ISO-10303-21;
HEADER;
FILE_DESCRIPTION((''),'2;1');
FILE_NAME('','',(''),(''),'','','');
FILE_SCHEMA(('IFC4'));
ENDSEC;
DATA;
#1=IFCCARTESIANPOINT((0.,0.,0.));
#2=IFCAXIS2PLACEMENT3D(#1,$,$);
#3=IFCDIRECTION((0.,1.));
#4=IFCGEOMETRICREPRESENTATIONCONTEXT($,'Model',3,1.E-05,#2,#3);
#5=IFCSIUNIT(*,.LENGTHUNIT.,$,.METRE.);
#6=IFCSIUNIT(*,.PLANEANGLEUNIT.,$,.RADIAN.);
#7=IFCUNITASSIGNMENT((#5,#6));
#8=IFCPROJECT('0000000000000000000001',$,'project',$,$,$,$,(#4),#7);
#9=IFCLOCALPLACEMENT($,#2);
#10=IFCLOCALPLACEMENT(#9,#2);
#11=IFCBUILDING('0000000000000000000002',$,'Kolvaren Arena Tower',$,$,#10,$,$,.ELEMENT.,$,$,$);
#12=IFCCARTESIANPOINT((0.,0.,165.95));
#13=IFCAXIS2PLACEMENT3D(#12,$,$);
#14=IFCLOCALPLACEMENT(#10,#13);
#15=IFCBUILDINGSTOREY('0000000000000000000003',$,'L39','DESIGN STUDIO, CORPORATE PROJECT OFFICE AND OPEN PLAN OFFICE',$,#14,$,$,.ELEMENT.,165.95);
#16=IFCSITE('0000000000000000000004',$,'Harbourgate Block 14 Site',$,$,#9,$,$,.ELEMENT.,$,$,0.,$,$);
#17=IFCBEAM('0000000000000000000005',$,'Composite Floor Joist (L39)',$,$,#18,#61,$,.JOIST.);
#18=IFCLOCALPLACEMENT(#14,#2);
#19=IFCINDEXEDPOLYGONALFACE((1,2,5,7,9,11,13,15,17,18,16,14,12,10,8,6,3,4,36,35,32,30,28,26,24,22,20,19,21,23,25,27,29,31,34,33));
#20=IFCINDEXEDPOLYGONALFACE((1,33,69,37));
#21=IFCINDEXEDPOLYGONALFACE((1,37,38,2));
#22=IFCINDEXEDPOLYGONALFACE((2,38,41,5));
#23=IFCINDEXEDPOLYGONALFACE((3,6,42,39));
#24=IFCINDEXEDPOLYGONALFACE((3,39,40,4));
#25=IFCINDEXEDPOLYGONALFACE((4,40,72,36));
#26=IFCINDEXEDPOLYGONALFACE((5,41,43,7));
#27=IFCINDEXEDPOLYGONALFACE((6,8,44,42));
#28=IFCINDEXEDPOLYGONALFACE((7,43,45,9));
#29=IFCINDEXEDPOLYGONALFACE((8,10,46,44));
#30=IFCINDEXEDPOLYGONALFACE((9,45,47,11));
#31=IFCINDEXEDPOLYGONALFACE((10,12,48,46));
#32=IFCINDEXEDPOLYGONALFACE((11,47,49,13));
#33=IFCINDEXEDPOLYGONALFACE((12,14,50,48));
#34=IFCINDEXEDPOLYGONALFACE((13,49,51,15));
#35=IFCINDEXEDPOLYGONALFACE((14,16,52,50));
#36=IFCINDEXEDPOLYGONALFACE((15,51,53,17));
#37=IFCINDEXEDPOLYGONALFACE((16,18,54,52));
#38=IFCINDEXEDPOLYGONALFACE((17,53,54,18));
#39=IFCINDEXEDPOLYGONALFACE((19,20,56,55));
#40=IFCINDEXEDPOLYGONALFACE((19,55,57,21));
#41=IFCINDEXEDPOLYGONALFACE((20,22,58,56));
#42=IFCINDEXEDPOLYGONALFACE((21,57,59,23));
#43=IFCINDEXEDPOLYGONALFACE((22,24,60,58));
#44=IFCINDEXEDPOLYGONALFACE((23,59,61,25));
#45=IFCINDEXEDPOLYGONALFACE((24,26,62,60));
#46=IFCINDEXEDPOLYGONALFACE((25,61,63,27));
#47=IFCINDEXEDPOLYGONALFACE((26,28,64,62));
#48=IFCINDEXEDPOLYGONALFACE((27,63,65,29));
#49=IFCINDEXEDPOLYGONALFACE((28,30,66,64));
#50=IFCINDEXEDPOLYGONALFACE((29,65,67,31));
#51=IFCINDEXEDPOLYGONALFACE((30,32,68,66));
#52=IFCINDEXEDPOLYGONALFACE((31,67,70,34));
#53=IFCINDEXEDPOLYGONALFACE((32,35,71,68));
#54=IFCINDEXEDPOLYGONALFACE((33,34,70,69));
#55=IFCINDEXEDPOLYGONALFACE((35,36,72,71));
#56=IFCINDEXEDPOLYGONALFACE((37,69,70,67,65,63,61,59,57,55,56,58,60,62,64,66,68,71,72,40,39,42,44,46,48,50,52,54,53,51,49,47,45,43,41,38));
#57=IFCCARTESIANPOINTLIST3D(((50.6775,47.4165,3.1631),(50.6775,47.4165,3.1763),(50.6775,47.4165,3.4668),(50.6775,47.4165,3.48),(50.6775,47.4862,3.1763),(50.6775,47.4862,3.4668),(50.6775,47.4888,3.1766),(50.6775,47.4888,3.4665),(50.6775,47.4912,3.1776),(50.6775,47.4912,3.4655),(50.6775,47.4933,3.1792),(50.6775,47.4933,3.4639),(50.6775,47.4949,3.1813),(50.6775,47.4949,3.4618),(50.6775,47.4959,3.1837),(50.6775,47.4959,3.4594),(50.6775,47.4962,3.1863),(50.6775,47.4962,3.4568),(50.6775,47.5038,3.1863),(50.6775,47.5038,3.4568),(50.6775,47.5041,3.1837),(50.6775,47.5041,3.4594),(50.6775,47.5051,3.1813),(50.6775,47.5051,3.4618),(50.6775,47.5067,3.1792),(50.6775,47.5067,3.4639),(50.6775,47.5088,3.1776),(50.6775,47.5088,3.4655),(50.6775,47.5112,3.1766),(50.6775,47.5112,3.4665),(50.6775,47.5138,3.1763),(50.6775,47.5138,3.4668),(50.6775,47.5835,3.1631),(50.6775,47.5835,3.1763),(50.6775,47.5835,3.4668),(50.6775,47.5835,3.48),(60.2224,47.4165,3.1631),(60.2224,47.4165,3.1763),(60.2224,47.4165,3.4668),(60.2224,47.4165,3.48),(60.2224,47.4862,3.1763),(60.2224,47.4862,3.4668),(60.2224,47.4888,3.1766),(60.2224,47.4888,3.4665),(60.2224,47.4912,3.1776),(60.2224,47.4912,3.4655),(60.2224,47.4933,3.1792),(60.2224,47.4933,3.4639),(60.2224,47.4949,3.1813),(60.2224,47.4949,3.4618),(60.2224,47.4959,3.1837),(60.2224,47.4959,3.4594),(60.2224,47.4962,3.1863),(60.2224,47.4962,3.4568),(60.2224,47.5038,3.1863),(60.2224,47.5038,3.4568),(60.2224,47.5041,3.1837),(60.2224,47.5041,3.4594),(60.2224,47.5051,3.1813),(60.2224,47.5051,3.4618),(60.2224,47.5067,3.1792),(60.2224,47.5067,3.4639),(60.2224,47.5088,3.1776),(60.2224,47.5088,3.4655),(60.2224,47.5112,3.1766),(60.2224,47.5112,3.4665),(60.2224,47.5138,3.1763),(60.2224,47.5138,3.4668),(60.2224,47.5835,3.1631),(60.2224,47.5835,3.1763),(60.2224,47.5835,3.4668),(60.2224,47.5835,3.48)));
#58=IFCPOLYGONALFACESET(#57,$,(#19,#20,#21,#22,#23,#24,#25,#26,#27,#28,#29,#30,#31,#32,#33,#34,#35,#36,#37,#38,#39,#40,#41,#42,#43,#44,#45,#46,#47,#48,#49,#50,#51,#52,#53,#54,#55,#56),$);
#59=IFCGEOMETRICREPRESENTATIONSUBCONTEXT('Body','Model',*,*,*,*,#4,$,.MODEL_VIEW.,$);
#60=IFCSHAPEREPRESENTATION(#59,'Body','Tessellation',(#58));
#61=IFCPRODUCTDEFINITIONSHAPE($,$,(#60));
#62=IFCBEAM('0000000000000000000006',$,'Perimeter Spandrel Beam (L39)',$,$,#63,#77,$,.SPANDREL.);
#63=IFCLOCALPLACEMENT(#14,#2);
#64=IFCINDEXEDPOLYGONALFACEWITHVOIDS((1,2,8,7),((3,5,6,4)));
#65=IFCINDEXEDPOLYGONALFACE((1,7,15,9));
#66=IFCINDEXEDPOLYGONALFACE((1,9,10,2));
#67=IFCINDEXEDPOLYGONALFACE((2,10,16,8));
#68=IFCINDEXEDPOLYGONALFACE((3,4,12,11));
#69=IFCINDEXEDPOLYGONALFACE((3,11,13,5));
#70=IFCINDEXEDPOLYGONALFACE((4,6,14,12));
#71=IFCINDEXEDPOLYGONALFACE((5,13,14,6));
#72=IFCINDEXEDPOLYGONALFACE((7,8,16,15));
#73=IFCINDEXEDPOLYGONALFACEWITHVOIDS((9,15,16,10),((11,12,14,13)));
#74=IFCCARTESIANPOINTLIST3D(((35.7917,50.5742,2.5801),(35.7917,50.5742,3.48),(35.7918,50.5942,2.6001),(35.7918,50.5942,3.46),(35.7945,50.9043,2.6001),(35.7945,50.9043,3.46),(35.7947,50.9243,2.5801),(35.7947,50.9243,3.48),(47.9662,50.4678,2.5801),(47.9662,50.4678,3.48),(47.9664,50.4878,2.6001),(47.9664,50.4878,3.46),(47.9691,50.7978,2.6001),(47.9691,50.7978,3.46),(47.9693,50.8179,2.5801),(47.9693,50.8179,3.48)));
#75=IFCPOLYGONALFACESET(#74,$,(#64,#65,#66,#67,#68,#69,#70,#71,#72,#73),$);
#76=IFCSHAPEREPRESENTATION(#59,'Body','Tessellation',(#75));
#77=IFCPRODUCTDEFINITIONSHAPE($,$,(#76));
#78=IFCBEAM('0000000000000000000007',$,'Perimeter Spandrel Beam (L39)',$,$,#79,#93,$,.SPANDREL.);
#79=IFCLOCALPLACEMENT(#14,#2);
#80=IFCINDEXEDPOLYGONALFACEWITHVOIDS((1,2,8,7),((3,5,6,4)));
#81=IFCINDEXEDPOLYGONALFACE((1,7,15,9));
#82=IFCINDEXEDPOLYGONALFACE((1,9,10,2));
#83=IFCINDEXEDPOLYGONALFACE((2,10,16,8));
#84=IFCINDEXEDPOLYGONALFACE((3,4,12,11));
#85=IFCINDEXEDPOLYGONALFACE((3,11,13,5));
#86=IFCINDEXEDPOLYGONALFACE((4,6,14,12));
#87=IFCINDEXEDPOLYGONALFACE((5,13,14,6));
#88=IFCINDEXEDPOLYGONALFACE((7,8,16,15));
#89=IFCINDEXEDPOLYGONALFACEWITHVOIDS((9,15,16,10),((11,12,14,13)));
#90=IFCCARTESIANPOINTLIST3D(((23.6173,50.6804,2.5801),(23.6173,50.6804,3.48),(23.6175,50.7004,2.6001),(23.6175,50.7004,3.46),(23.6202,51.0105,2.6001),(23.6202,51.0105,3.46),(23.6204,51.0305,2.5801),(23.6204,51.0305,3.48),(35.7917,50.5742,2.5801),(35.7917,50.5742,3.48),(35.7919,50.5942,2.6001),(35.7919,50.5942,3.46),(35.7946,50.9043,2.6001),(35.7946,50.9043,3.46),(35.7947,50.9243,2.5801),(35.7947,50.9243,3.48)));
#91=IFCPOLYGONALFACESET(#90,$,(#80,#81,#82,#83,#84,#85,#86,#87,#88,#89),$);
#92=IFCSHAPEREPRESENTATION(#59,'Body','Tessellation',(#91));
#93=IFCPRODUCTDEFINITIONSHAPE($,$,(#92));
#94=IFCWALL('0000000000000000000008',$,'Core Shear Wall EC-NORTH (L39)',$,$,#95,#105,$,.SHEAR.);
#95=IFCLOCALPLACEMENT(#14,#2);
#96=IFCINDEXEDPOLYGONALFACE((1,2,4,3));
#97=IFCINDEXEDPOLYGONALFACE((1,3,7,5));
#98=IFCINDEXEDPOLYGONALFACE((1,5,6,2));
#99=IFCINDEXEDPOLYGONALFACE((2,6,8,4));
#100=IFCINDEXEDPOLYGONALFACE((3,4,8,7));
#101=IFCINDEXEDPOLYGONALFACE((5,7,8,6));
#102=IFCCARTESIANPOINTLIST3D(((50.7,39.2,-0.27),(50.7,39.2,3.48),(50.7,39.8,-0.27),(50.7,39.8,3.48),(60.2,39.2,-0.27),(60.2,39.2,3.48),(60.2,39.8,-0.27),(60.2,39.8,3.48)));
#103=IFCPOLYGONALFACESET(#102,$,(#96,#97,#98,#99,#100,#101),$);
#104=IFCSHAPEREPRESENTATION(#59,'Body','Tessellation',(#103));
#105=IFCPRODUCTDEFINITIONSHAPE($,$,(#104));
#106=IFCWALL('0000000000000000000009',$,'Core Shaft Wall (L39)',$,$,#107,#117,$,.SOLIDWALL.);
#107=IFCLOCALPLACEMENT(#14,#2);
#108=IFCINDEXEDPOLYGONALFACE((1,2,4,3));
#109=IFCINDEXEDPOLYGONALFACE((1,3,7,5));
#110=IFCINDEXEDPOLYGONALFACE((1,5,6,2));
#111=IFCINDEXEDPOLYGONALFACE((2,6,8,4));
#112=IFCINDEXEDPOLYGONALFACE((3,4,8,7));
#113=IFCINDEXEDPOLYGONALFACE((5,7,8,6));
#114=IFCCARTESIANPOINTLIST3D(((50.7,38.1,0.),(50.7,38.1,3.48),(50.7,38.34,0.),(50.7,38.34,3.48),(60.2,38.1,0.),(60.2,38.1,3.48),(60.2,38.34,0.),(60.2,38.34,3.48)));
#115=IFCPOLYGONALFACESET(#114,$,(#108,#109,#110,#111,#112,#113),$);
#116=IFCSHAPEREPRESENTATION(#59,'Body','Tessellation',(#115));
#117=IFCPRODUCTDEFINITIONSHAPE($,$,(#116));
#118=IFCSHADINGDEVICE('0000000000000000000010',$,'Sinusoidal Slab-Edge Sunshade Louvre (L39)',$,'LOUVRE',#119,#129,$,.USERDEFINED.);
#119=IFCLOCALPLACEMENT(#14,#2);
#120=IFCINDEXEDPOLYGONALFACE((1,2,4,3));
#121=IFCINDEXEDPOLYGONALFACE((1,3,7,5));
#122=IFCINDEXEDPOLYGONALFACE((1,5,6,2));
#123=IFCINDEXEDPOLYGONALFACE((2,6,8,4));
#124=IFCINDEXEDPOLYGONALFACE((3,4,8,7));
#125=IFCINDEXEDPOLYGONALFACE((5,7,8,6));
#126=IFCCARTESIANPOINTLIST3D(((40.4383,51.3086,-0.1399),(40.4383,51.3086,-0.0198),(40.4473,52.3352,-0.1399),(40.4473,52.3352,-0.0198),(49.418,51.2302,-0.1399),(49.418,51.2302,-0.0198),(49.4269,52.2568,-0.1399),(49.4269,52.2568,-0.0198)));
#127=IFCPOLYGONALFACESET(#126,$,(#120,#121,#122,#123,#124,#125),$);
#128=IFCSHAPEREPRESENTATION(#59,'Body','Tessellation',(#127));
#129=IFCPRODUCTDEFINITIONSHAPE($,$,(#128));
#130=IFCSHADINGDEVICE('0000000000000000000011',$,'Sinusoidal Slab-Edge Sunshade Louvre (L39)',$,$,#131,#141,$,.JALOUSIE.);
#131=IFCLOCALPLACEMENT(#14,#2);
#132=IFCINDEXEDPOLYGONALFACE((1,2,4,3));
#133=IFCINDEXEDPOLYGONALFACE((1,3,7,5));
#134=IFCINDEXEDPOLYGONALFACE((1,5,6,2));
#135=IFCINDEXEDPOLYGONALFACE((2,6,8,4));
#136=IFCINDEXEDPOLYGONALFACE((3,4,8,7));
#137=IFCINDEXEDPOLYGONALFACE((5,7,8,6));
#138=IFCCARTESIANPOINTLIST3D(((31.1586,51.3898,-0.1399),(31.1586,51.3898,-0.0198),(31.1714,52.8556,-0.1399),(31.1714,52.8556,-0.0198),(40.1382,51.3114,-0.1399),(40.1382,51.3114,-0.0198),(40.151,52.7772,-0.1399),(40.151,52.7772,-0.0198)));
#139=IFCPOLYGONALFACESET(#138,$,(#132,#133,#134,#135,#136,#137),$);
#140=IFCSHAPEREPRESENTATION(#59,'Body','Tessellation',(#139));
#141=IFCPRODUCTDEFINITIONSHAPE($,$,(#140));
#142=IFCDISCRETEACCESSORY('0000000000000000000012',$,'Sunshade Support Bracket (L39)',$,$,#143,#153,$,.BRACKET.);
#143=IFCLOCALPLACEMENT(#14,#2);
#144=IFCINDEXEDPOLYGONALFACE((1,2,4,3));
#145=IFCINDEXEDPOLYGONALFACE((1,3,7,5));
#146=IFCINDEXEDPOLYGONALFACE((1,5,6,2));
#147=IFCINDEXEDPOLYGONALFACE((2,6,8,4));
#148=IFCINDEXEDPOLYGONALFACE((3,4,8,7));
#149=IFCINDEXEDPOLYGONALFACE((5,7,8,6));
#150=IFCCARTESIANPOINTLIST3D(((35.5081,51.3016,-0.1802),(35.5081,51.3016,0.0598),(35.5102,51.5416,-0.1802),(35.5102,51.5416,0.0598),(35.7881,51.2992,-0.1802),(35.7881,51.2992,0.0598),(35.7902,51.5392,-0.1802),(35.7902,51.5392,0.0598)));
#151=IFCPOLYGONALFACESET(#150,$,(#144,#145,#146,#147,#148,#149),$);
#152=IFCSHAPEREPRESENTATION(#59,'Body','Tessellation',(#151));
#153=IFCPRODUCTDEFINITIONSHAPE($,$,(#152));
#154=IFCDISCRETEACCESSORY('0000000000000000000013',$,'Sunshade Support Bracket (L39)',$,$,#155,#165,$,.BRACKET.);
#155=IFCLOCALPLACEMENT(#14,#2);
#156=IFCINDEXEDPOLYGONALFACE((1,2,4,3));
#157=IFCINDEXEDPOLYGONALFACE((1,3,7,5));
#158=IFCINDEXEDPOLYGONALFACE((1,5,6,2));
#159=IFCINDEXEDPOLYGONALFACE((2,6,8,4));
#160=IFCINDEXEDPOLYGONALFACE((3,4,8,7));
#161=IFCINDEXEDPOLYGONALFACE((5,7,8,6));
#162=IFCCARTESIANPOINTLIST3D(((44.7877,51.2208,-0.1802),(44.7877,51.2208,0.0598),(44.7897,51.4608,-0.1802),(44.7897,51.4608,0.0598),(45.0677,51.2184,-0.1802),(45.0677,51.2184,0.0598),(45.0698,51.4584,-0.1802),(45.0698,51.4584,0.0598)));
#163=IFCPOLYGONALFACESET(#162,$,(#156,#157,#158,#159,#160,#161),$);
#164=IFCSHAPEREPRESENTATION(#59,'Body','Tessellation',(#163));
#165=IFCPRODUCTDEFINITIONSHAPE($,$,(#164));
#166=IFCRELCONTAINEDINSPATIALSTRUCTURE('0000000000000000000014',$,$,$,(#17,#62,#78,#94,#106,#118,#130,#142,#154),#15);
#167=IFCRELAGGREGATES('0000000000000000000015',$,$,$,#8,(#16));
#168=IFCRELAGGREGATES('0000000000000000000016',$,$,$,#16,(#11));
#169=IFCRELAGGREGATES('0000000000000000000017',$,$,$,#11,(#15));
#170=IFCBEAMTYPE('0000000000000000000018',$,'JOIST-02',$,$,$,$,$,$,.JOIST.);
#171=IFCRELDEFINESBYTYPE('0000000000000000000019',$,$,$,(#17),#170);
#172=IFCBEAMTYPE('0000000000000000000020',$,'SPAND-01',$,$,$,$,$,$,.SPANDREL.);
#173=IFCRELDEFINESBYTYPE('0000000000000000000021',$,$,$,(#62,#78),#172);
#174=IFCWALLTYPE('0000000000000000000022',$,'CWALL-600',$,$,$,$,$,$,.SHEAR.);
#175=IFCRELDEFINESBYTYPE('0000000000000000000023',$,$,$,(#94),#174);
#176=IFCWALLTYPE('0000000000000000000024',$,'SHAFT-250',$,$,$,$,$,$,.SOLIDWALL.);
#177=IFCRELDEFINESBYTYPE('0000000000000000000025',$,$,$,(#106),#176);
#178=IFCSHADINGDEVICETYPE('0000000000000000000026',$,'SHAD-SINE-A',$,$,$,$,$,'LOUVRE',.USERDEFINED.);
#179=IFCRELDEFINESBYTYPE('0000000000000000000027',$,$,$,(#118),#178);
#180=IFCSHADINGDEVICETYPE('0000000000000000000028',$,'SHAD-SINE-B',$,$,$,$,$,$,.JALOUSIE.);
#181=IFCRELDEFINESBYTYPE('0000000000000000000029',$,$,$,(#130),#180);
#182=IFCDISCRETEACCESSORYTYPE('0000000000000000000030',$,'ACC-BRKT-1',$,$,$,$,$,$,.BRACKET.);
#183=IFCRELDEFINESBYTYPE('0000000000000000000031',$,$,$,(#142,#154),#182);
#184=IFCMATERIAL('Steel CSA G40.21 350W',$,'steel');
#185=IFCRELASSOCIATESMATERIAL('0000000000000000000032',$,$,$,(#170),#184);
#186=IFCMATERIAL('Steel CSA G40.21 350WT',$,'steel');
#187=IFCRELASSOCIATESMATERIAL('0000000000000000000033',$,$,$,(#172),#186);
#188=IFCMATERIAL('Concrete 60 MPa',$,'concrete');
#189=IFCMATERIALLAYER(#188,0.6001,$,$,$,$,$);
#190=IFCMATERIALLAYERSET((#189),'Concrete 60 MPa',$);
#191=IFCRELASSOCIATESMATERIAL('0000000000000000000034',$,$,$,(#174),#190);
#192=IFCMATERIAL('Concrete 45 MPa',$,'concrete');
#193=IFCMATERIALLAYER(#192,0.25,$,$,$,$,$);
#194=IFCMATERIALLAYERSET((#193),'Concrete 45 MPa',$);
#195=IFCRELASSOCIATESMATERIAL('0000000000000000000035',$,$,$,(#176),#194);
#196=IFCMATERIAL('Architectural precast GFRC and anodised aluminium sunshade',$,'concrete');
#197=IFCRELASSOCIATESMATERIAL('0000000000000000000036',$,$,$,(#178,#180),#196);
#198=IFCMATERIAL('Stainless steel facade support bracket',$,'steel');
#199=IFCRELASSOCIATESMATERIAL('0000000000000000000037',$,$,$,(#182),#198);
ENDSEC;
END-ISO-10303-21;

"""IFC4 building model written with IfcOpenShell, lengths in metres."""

from ifc_helpers import new_model, si_unit, direction, frame, frame_2d, origin, origin_2d, place, context, subcontext, project, spatial, rectangle, hollow_rectangle, i_section, extrude, material, layer, layer_set, material_profile, profile_set, type_object, element, save


model = new_model("IFC4")

# Units and contexts
model_context = context("Model", 3, precision=1e-05, world=origin(), true_north=direction((0.0, 1.0)))
body_context = subcontext(model_context, "Body", "Model", "MODEL_VIEW")
ifc_project = project(units=[si_unit("LENGTHUNIT", "METRE"), si_unit("PLANEANGLEUNIT", "RADIAN")], contexts=[model_context])

# Site, building, storey
site_placement = place(None, origin())
site = spatial("IfcSite", under=ifc_project, at=site_placement, Name="Harbourgate Block 14 Site", CompositionType="ELEMENT", RefElevation=0.0)
building_placement = place(site_placement, origin())
building = spatial("IfcBuilding", under=site, at=building_placement, Name="Kolvaren Arena Tower", CompositionType="ELEMENT")
storey_placement = place(building_placement, frame((0.0, 0.0, 165.95)))
storey = spatial("IfcBuildingStorey", under=building, at=storey_placement, Name="L39", Description="DESIGN STUDIO, CORPORATE PROJECT OFFICE AND OPEN PLAN OFFICE", CompositionType="ELEMENT", Elevation=165.95)

# Beams
ifc_material_1 = material(Name="Steel CSA G40.21 350W", Category="steel")
ifc_material_profile_1 = material_profile(ifc_material_1, i_section(OverallWidth=0.167, OverallDepth=0.3169, WebThickness=0.0076, FlangeThickness=0.0132, FilletRadius=0.01, at=origin_2d()), Name="W310x52")
ifc_profile_set_1 = profile_set([ifc_material_profile_1], Name="Steel CSA G40.21 350W")
beam_type_1 = type_object("IfcBeamType", Name="JOIST-02", PredefinedType="JOIST", material=ifc_profile_set_1)
beam_1_placement = place(storey_placement, frame((50.6775, 47.5, 3.3215), z_axis=(1.0, 0.0, 0.0), x_axis=(0.0, 1.0, 0.0)))
element("IfcBeam", 1, at=beam_1_placement, inside=storey, type_object=beam_type_1, Name="Composite Floor Joist (L39)", PredefinedType="JOIST", context=body_context, shape_type="SweptSolid", body=[
    extrude(i_section(OverallWidth=0.167, OverallDepth=0.3169, WebThickness=0.0076, FlangeThickness=0.0132, FilletRadius=0.01, at=origin_2d()), origin(), (0.0, 0.0, 1.0), 9.5449),
])
ifc_material_2 = material(Name="Steel CSA G40.21 350WT", Category="steel")
ifc_material_profile_2 = material_profile(ifc_material_2, hollow_rectangle(XDim=0.3501, YDim=0.8999, WallThickness=0.02, at=origin_2d()), Name="HSS 900x350x20")
ifc_profile_set_2 = profile_set([ifc_material_profile_2], Name="Steel CSA G40.21 350WT")
beam_type_2 = type_object("IfcBeamType", Name="SPAND-01", PredefinedType="SPANDREL", material=ifc_profile_set_2)
beam_2_placement = place(storey_placement, frame((47.9678, 50.6428, 3.03), z_axis=(-0.999962, 0.008743, 0.0), x_axis=(-0.008743, -0.999962, 0.0)))
element("IfcBeam", 2, at=beam_2_placement, inside=storey, type_object=beam_type_2, Name="Perimeter Spandrel Beam (L39)", PredefinedType="SPANDREL", context=body_context, shape_type="SweptSolid", body=[
    extrude(hollow_rectangle(XDim=0.3501, YDim=0.8999, WallThickness=0.02, at=origin_2d()), origin(), (0.0, 0.0, 1.0), 12.175),
])
beam_3_placement = place(storey_placement, frame((35.7932, 50.7493, 3.03), z_axis=(-0.999962, 0.008723, 0.0), x_axis=(-0.008723, -0.999962, 0.0)))
element("IfcBeam", 3, at=beam_3_placement, inside=storey, type_object=beam_type_2, Name="Perimeter Spandrel Beam (L39)", PredefinedType="SPANDREL", context=body_context, shape_type="SweptSolid", body=[
    extrude(hollow_rectangle(XDim=0.3501, YDim=0.8999, WallThickness=0.02, at=origin_2d()), origin(), (0.0, 0.0, 1.0), 12.1748),
])

# Walls
ifc_material_3 = material(Name="Concrete 60 MPa", Category="concrete")
ifc_layer_1 = layer(ifc_material_3, 0.6001)
ifc_layer_set_1 = layer_set([ifc_layer_1], Name="Concrete 60 MPa")
wall_type_1 = type_object("IfcWallType", Name="CWALL-600", PredefinedType="SHEAR", material=ifc_layer_set_1)
wall_1_placement = place(storey_placement, frame((50.7, 39.5, -0.27), z_axis=(0.0, 0.0, 1.0), x_axis=(1.0, 0.0, 0.0)))
element("IfcWall", 4, at=wall_1_placement, inside=storey, type_object=wall_type_1, Name="Core Shear Wall EC-NORTH (L39)", PredefinedType="SHEAR", context=body_context, shape_type="SweptSolid", body=[
    extrude(rectangle(XDim=9.5, YDim=0.6001, at=frame_2d((4.75, 0.0))), origin(), (0.0, 0.0, 1.0), 3.75),
])
ifc_material_4 = material(Name="Concrete 45 MPa", Category="concrete")
ifc_layer_2 = layer(ifc_material_4, 0.25)
ifc_layer_set_2 = layer_set([ifc_layer_2], Name="Concrete 45 MPa")
wall_type_2 = type_object("IfcWallType", Name="SHAFT-250", PredefinedType="SOLIDWALL", material=ifc_layer_set_2)
wall_2_placement = place(storey_placement, frame((50.7, 38.22, 0.0), z_axis=(0.0, 0.0, 1.0), x_axis=(1.0, 0.0, 0.0)))
element("IfcWall", 5, at=wall_2_placement, inside=storey, type_object=wall_type_2, Name="Core Shaft Wall (L39)", PredefinedType="SOLIDWALL", context=body_context, shape_type="SweptSolid", body=[
    extrude(rectangle(XDim=9.5, YDim=0.24, at=frame_2d((4.75, 0.0))), origin(), (0.0, 0.0, 1.0), 3.48),
])

# Shading devices
ifc_material_5 = material(Name="Architectural precast GFRC and anodised aluminium sunshade", Category="concrete")
shading_device_type_1 = type_object("IfcShadingDeviceType", Name="SHAD-SINE-A", ElementType="LOUVRE", PredefinedType="USERDEFINED", material=ifc_material_5)
shading_device_1_placement = place(storey_placement, frame((44.9326, 51.7827, -0.1399), z_axis=(0.0, 0.0, 1.0), x_axis=(0.999962, -0.008727, 0.0)))
element("IfcShadingDevice", 6, at=shading_device_1_placement, inside=storey, type_object=shading_device_type_1, Name="Sinusoidal Slab-Edge Sunshade Louvre (L39)", ObjectType="LOUVRE", PredefinedType="USERDEFINED", context=body_context, shape_type="SweptSolid", body=[
    extrude(rectangle(XDim=8.98, YDim=1.0266, at=origin_2d()), origin(), (0.0, 0.0, 1.0), 0.1201),
])
shading_device_type_2 = type_object("IfcShadingDeviceType", Name="SHAD-SINE-B", PredefinedType="JALOUSIE", material=ifc_material_5)
shading_device_2_placement = place(storey_placement, frame((35.6548, 52.0835, -0.1399), z_axis=(0.0, 0.0, 1.0), x_axis=(0.999962, -0.008727, 0.0)))
element("IfcShadingDevice", 7, at=shading_device_2_placement, inside=storey, type_object=shading_device_type_2, Name="Sinusoidal Slab-Edge Sunshade Louvre (L39)", PredefinedType="JALOUSIE", context=body_context, shape_type="SweptSolid", body=[
    extrude(rectangle(XDim=8.98, YDim=1.4658, at=origin_2d()), origin(), (0.0, 0.0, 1.0), 0.1201),
])

# Discrete accessories
ifc_material_6 = material(Name="Stainless steel facade support bracket", Category="steel")
discrete_accessory_type = type_object("IfcDiscreteAccessoryType", Name="ACC-BRKT-1", PredefinedType="BRACKET", material=ifc_material_6)
for number, where, z_axis, x_axis, name in (
    (8, (35.6492, 51.4204, -0.1802), (0.0, 0.0, 1.0), (0.999962, -0.008727, 0.0), "Sunshade Support Bracket (L39)"),
    (9, (44.9287, 51.3396, -0.1802), (0.0, 0.0, 1.0), (0.999962, -0.008727, 0.0), "Sunshade Support Bracket (L39)"),
):
    element("IfcDiscreteAccessory", number, at=place(storey_placement, frame(where, z_axis=z_axis, x_axis=x_axis)), inside=storey, type_object=discrete_accessory_type, Name=name, PredefinedType="BRACKET", context=body_context, shape_type="SweptSolid", body=[
        extrude(rectangle(XDim=0.28, YDim=0.24, at=origin_2d()), origin(), (0.0, 0.0, 1.0), 0.24),
    ])

save(model, "model.ifc")
